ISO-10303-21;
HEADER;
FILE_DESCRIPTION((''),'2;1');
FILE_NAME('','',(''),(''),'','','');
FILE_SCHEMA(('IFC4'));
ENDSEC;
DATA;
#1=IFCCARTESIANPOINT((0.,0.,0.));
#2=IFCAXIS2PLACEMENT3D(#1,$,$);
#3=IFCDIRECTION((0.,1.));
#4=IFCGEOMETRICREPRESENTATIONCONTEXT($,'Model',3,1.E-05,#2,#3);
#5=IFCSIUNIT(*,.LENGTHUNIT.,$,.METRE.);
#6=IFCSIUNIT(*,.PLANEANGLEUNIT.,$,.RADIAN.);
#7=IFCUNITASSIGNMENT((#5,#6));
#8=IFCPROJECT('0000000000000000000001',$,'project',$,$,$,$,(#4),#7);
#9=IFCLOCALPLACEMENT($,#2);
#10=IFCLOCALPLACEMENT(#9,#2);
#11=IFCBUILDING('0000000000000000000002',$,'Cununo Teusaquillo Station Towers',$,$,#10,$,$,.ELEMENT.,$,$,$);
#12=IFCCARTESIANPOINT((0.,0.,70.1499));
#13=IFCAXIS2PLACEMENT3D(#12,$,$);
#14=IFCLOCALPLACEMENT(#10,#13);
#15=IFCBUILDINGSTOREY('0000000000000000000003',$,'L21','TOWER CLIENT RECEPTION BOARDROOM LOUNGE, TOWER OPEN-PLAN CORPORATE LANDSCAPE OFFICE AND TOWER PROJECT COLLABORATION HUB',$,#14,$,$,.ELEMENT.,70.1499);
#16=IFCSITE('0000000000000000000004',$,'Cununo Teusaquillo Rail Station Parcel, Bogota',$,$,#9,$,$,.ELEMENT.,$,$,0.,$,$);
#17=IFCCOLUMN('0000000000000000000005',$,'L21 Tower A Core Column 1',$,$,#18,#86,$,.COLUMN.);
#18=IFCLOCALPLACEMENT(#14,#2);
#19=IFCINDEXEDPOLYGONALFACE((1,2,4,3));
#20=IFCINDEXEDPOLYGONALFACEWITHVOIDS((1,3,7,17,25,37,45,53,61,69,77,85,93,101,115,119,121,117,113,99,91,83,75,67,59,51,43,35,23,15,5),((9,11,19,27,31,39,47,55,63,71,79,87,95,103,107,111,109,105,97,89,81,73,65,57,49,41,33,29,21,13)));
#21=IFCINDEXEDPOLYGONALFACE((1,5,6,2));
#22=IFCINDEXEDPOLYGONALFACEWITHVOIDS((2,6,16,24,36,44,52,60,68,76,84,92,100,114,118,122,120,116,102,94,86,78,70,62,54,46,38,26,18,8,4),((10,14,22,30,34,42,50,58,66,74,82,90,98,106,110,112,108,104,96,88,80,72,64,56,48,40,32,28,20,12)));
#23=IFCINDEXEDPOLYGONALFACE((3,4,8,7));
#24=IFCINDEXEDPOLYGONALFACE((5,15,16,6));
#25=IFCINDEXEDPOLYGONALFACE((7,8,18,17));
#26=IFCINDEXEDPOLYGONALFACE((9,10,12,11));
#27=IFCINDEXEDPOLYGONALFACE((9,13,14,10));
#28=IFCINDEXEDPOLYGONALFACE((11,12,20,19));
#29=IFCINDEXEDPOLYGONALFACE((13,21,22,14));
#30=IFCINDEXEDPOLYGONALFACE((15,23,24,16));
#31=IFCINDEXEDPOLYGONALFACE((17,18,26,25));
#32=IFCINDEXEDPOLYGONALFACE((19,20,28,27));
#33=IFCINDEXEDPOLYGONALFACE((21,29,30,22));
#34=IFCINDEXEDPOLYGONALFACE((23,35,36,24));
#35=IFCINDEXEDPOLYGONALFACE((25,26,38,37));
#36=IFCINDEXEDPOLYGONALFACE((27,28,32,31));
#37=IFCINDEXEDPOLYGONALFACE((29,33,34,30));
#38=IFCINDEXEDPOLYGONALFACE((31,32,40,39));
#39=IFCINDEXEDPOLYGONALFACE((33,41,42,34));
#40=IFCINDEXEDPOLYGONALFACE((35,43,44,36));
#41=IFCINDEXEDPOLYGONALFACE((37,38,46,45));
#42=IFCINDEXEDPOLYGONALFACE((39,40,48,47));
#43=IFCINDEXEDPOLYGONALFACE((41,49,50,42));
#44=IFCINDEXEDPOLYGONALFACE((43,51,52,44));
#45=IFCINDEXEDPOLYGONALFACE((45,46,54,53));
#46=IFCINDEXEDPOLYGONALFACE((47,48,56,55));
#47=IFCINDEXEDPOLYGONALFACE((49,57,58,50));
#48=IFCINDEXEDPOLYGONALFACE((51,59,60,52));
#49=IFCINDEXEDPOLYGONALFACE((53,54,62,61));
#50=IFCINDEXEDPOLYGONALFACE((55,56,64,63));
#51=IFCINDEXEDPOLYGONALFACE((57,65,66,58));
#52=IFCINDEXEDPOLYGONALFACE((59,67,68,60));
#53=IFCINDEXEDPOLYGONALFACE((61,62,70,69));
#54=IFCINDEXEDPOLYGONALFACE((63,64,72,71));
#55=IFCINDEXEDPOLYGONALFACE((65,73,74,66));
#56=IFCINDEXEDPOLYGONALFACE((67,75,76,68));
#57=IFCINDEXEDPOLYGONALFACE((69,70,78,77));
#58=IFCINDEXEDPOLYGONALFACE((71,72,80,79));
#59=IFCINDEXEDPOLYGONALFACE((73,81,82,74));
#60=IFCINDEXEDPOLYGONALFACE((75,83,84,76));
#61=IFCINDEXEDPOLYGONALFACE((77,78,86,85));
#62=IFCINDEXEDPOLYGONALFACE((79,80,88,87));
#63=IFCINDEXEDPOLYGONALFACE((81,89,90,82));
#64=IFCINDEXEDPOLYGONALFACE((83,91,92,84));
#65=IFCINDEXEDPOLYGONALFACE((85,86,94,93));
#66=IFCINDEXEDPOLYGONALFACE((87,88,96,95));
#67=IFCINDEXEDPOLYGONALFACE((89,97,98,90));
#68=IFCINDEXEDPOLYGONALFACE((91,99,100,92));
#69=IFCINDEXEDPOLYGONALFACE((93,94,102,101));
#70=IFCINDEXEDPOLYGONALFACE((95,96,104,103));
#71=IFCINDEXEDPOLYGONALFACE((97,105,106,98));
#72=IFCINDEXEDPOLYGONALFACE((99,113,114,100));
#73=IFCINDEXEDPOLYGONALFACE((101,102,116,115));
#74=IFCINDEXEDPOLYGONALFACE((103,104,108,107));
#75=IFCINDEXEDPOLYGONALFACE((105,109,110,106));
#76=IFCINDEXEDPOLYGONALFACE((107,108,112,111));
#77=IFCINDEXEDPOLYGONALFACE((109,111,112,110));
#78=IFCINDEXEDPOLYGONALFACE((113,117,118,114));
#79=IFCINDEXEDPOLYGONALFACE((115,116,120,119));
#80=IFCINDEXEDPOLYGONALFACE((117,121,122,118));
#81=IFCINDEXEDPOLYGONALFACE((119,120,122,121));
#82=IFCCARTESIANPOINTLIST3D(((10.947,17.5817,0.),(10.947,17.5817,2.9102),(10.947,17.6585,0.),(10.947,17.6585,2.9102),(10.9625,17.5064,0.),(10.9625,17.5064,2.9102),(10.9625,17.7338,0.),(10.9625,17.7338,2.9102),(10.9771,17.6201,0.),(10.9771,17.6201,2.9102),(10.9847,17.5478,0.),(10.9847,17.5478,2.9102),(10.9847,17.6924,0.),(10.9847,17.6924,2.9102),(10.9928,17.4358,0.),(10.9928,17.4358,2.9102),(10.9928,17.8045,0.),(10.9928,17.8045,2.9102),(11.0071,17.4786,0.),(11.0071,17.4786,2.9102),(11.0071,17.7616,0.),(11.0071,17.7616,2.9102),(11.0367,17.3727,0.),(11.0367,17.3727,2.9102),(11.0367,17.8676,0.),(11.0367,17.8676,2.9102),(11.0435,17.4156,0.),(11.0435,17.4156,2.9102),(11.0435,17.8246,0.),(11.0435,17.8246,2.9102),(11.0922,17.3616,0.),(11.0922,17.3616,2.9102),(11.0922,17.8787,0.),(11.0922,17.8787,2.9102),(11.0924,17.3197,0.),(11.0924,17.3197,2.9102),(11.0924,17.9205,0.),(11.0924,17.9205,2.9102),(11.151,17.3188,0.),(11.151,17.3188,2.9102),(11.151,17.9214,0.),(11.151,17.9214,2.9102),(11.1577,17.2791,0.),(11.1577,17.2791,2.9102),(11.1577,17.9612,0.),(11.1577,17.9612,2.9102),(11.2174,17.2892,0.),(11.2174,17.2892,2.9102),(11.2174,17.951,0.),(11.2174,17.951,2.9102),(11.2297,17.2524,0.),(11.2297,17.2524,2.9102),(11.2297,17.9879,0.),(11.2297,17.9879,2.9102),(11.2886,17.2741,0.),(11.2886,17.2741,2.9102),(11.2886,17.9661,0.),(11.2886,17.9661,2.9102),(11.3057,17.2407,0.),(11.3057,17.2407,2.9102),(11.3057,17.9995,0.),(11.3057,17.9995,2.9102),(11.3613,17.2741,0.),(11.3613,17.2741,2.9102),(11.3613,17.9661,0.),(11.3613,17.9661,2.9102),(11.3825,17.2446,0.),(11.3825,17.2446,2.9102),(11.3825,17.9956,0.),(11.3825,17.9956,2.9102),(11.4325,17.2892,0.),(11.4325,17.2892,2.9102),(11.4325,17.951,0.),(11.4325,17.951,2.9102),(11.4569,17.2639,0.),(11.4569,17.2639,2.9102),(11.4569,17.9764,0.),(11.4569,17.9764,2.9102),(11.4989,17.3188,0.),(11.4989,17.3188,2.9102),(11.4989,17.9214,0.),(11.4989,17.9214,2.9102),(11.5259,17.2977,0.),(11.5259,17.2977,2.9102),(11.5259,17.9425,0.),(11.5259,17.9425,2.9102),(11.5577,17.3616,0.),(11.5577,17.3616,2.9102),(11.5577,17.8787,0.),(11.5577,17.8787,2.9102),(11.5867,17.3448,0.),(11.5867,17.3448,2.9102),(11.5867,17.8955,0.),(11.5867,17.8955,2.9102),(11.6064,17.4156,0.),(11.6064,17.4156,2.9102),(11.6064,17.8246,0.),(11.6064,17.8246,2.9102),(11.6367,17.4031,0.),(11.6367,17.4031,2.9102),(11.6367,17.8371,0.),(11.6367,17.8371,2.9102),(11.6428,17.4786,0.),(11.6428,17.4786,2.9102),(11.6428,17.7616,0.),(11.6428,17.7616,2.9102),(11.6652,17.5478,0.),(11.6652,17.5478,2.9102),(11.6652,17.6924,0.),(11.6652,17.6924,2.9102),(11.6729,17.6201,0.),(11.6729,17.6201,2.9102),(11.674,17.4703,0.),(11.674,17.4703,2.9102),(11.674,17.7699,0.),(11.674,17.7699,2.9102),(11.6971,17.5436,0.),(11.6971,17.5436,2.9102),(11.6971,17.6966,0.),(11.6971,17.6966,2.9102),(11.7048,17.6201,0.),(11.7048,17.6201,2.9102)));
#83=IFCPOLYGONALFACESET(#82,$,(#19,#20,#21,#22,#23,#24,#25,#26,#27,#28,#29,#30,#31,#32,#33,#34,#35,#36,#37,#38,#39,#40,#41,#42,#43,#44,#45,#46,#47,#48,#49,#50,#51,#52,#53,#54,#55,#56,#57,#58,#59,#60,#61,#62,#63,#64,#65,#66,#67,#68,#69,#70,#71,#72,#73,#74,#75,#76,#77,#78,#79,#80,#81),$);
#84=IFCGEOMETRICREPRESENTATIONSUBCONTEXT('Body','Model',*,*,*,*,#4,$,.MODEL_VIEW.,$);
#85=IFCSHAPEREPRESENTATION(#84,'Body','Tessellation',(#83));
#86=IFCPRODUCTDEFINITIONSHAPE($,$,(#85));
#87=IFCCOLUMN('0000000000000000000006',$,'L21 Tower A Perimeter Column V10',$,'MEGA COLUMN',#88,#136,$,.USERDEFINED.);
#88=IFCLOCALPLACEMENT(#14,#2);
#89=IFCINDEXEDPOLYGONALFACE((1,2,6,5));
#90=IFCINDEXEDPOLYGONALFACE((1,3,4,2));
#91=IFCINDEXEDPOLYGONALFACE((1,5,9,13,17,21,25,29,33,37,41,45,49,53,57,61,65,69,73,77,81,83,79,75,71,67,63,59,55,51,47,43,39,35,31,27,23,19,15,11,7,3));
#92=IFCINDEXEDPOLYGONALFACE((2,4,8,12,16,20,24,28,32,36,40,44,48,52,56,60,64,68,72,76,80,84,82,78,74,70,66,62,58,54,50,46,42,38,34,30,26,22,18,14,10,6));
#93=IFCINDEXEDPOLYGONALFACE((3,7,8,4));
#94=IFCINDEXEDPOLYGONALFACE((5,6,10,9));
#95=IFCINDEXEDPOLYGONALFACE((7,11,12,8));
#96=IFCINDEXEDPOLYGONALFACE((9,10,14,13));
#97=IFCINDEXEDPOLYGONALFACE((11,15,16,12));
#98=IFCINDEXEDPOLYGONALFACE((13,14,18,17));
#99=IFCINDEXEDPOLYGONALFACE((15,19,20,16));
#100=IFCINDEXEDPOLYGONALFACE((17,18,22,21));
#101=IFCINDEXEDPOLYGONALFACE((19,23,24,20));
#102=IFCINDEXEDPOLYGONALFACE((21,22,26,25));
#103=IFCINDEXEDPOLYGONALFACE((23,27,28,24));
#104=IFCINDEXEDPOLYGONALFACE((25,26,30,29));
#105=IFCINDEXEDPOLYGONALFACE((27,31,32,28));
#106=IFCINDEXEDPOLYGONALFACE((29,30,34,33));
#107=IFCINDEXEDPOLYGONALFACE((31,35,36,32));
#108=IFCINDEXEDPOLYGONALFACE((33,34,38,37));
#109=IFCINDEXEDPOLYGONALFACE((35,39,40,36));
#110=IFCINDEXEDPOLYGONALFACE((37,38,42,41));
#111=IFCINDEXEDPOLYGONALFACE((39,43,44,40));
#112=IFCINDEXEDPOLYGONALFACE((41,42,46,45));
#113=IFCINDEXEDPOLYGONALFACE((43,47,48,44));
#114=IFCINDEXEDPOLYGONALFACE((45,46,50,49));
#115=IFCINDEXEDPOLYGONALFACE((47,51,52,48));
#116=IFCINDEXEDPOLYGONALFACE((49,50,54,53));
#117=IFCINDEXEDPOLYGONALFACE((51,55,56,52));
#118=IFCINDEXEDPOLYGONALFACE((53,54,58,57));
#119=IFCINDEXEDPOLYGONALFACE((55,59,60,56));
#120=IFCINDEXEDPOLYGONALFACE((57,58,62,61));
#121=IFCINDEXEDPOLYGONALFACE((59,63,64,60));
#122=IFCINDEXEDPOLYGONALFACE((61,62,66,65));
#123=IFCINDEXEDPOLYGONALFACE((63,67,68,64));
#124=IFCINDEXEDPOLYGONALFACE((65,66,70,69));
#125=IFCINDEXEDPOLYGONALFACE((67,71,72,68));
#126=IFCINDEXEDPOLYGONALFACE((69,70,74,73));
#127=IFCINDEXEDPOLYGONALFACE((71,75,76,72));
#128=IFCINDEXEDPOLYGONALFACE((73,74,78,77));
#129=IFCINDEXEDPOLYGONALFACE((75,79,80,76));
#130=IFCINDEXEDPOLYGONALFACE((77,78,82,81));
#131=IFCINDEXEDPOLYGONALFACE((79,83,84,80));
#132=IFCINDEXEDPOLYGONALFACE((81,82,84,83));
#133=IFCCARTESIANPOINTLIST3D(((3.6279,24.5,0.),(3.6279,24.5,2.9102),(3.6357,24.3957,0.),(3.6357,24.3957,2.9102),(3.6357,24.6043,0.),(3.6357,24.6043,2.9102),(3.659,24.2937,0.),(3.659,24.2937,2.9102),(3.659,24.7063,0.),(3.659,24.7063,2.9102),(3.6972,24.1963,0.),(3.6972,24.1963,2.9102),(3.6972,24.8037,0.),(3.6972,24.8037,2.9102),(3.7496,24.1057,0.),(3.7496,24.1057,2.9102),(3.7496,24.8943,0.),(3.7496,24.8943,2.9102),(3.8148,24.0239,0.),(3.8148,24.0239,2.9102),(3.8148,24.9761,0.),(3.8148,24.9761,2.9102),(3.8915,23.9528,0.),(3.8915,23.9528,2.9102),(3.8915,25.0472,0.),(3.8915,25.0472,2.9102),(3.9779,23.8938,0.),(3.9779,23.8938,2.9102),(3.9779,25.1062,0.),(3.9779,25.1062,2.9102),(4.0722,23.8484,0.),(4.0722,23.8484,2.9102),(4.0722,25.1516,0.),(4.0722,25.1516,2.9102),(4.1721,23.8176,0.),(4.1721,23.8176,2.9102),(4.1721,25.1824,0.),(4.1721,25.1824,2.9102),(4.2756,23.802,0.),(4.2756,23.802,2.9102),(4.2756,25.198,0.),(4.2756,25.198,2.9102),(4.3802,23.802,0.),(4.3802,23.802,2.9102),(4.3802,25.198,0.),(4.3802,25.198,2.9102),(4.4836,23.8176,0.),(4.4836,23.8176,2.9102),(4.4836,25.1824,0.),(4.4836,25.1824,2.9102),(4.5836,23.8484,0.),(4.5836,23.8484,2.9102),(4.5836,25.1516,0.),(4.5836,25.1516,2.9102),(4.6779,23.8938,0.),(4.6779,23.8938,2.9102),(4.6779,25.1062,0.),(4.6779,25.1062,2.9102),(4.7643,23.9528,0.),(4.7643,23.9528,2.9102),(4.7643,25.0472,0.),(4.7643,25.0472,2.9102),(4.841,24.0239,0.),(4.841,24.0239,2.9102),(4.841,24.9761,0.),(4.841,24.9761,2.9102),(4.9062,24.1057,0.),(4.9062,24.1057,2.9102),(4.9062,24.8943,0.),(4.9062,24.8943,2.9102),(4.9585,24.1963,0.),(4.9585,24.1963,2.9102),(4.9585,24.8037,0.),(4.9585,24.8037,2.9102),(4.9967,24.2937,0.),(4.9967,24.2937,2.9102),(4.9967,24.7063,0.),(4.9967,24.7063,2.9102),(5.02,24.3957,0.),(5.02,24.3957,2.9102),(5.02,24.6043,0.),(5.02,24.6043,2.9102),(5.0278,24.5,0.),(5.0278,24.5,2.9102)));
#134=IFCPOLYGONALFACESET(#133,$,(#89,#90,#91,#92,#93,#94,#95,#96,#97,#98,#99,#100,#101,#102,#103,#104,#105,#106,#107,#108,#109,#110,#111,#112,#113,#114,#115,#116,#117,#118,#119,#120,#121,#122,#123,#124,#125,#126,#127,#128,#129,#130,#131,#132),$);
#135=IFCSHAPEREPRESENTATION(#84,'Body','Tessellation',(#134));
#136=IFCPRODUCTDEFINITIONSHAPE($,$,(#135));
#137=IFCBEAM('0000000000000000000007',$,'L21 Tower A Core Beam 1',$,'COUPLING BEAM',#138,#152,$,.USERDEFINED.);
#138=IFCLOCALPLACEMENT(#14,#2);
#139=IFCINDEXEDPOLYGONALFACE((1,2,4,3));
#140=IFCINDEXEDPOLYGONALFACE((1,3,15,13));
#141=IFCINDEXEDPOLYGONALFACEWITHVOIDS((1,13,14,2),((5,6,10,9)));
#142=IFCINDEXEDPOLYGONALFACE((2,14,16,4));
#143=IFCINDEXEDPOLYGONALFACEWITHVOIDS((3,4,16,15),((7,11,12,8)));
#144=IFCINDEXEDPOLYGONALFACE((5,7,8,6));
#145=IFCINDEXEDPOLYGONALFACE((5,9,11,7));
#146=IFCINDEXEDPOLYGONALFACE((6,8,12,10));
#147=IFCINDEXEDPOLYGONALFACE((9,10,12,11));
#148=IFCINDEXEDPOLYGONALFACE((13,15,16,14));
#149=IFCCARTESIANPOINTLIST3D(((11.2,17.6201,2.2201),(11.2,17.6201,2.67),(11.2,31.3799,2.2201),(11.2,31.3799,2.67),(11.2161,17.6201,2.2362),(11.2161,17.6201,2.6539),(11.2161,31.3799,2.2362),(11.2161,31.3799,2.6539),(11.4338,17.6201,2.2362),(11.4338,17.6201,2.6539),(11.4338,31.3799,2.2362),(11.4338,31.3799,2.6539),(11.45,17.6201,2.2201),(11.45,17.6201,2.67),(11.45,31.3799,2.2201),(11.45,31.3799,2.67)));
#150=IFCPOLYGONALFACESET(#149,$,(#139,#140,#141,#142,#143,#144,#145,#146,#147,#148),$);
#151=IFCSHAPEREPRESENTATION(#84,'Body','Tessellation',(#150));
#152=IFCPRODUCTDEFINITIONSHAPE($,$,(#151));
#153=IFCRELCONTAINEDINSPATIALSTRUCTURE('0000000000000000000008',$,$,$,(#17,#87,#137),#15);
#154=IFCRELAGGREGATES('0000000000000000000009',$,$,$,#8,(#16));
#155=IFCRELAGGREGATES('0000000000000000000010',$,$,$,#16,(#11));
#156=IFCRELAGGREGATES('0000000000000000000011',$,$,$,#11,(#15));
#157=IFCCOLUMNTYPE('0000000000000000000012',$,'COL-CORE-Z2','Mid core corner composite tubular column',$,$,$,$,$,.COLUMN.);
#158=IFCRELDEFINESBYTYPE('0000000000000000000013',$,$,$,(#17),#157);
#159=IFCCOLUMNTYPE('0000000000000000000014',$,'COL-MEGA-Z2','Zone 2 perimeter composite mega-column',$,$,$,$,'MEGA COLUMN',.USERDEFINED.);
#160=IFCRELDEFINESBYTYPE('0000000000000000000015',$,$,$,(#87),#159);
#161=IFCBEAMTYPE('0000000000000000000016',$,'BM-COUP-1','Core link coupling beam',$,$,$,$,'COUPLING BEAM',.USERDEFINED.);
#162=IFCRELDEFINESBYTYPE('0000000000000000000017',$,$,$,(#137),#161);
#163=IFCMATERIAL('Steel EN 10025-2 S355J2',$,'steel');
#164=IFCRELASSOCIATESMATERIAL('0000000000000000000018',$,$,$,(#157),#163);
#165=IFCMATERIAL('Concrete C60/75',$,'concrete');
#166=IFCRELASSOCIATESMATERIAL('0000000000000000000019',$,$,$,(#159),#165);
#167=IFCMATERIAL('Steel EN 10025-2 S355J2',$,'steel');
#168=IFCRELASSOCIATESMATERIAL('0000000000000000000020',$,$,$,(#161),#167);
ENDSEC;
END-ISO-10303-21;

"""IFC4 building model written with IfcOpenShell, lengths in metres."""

from ifc_helpers import new_model, si_unit, direction, frame, origin, origin_2d, place, context, subcontext, project, spatial, hollow_rectangle, circle, hollow_circle, extrude, material, material_profile, profile_set, type_object, element, save


model = new_model("IFC4")

# Units and contexts
model_context = context("Model", 3, precision=1e-05, world=origin(), true_north=direction((0.0, 1.0)))
body_context = subcontext(model_context, "Body", "Model", "MODEL_VIEW")
ifc_project = project(units=[si_unit("LENGTHUNIT", "METRE"), si_unit("PLANEANGLEUNIT", "RADIAN")], contexts=[model_context])

# Site, building, storey
site_placement = place(None, origin())
site = spatial("IfcSite", under=ifc_project, at=site_placement, Name="Cununo Teusaquillo Rail Station Parcel, Bogota", CompositionType="ELEMENT", RefElevation=0.0)
building_placement = place(site_placement, origin())
building = spatial("IfcBuilding", under=site, at=building_placement, Name="Cununo Teusaquillo Station Towers", CompositionType="ELEMENT")
storey_placement = place(building_placement, frame((0.0, 0.0, 70.1499)))
storey = spatial("IfcBuildingStorey", under=building, at=storey_placement, Name="L21", Description="TOWER CLIENT RECEPTION BOARDROOM LOUNGE, TOWER OPEN-PLAN CORPORATE LANDSCAPE OFFICE AND TOWER PROJECT COLLABORATION HUB", CompositionType="ELEMENT", Elevation=70.1499)

# Columns
ifc_material_1 = material(Name="Steel EN 10025-2 S355J2", Category="steel")
ifc_material_profile_1 = material_profile(ifc_material_1, hollow_circle(Radius=0.3799, WallThickness=0.032, at=origin_2d()), Name="CHS 760x32")
ifc_profile_set_1 = profile_set([ifc_material_profile_1], Name="Steel EN 10025-2 S355J2")
column_type_1 = type_object("IfcColumnType", Name="COL-CORE-Z2", Description="Mid core corner composite tubular column", PredefinedType="COLUMN", material=ifc_profile_set_1)
column_1_placement = place(storey_placement, frame((11.325, 17.6201, 0.0), z_axis=(0.0, 0.0, 1.0), x_axis=(1.0, 0.0, 0.0)))
element("IfcColumn", 1, at=column_1_placement, inside=storey, type_object=column_type_1, Name="L21 Tower A Core Column 1", PredefinedType="COLUMN", context=body_context, shape_type="SweptSolid", body=[
    extrude(hollow_circle(Radius=0.3799, WallThickness=0.032, at=origin_2d()), origin(), (0.0, 0.0, 1.0), 2.9102),
])
ifc_material_2 = material(Name="Concrete C60/75", Category="concrete")
ifc_material_profile_2 = material_profile(ifc_material_2, circle(Radius=0.7, at=origin_2d()), Name="RC-CIRC-1400")
ifc_profile_set_2 = profile_set([ifc_material_profile_2], Name="Concrete C60/75")
column_type_2 = type_object("IfcColumnType", Name="COL-MEGA-Z2", Description="Zone 2 perimeter composite mega-column", ElementType="MEGA COLUMN", PredefinedType="USERDEFINED", material=ifc_profile_set_2)
column_2_placement = place(storey_placement, frame((4.3279, 24.5, 0.0), z_axis=(0.0, 0.0, 1.0), x_axis=(1.0, 0.0, 0.0)))
element("IfcColumn", 2, at=column_2_placement, inside=storey, type_object=column_type_2, Name="L21 Tower A Perimeter Column V10", ObjectType="MEGA COLUMN", PredefinedType="USERDEFINED", context=body_context, shape_type="SweptSolid", body=[
    extrude(circle(Radius=0.7, at=origin_2d()), origin(), (0.0, 0.0, 1.0), 2.9102),
])

# Beam
ifc_material_3 = material(Name="Steel EN 10025-2 S355J2", Category="steel")
ifc_material_profile_3 = material_profile(ifc_material_3, hollow_rectangle(XDim=0.25, YDim=0.45, WallThickness=0.0161, at=origin_2d()), Name="RHS 450x250x16")
ifc_profile_set_3 = profile_set([ifc_material_profile_3], Name="Steel EN 10025-2 S355J2")
beam_type_1 = type_object("IfcBeamType", Name="BM-COUP-1", Description="Core link coupling beam", ElementType="COUPLING BEAM", PredefinedType="USERDEFINED", material=ifc_profile_set_3)
beam_1_placement = place(storey_placement, frame((11.325, 17.6201, 2.4451), z_axis=(0.0, 1.0, 0.0), x_axis=(-1.0, 0.0, 0.0)))
element("IfcBeam", 3, at=beam_1_placement, inside=storey, type_object=beam_type_1, Name="L21 Tower A Core Beam 1", ObjectType="COUPLING BEAM", PredefinedType="USERDEFINED", context=body_context, shape_type="SweptSolid", body=[
    extrude(hollow_rectangle(XDim=0.25, YDim=0.45, WallThickness=0.0161, at=origin_2d()), origin(), (0.0, 0.0, 1.0), 13.7598),
])

save(model, "model.ifc")
